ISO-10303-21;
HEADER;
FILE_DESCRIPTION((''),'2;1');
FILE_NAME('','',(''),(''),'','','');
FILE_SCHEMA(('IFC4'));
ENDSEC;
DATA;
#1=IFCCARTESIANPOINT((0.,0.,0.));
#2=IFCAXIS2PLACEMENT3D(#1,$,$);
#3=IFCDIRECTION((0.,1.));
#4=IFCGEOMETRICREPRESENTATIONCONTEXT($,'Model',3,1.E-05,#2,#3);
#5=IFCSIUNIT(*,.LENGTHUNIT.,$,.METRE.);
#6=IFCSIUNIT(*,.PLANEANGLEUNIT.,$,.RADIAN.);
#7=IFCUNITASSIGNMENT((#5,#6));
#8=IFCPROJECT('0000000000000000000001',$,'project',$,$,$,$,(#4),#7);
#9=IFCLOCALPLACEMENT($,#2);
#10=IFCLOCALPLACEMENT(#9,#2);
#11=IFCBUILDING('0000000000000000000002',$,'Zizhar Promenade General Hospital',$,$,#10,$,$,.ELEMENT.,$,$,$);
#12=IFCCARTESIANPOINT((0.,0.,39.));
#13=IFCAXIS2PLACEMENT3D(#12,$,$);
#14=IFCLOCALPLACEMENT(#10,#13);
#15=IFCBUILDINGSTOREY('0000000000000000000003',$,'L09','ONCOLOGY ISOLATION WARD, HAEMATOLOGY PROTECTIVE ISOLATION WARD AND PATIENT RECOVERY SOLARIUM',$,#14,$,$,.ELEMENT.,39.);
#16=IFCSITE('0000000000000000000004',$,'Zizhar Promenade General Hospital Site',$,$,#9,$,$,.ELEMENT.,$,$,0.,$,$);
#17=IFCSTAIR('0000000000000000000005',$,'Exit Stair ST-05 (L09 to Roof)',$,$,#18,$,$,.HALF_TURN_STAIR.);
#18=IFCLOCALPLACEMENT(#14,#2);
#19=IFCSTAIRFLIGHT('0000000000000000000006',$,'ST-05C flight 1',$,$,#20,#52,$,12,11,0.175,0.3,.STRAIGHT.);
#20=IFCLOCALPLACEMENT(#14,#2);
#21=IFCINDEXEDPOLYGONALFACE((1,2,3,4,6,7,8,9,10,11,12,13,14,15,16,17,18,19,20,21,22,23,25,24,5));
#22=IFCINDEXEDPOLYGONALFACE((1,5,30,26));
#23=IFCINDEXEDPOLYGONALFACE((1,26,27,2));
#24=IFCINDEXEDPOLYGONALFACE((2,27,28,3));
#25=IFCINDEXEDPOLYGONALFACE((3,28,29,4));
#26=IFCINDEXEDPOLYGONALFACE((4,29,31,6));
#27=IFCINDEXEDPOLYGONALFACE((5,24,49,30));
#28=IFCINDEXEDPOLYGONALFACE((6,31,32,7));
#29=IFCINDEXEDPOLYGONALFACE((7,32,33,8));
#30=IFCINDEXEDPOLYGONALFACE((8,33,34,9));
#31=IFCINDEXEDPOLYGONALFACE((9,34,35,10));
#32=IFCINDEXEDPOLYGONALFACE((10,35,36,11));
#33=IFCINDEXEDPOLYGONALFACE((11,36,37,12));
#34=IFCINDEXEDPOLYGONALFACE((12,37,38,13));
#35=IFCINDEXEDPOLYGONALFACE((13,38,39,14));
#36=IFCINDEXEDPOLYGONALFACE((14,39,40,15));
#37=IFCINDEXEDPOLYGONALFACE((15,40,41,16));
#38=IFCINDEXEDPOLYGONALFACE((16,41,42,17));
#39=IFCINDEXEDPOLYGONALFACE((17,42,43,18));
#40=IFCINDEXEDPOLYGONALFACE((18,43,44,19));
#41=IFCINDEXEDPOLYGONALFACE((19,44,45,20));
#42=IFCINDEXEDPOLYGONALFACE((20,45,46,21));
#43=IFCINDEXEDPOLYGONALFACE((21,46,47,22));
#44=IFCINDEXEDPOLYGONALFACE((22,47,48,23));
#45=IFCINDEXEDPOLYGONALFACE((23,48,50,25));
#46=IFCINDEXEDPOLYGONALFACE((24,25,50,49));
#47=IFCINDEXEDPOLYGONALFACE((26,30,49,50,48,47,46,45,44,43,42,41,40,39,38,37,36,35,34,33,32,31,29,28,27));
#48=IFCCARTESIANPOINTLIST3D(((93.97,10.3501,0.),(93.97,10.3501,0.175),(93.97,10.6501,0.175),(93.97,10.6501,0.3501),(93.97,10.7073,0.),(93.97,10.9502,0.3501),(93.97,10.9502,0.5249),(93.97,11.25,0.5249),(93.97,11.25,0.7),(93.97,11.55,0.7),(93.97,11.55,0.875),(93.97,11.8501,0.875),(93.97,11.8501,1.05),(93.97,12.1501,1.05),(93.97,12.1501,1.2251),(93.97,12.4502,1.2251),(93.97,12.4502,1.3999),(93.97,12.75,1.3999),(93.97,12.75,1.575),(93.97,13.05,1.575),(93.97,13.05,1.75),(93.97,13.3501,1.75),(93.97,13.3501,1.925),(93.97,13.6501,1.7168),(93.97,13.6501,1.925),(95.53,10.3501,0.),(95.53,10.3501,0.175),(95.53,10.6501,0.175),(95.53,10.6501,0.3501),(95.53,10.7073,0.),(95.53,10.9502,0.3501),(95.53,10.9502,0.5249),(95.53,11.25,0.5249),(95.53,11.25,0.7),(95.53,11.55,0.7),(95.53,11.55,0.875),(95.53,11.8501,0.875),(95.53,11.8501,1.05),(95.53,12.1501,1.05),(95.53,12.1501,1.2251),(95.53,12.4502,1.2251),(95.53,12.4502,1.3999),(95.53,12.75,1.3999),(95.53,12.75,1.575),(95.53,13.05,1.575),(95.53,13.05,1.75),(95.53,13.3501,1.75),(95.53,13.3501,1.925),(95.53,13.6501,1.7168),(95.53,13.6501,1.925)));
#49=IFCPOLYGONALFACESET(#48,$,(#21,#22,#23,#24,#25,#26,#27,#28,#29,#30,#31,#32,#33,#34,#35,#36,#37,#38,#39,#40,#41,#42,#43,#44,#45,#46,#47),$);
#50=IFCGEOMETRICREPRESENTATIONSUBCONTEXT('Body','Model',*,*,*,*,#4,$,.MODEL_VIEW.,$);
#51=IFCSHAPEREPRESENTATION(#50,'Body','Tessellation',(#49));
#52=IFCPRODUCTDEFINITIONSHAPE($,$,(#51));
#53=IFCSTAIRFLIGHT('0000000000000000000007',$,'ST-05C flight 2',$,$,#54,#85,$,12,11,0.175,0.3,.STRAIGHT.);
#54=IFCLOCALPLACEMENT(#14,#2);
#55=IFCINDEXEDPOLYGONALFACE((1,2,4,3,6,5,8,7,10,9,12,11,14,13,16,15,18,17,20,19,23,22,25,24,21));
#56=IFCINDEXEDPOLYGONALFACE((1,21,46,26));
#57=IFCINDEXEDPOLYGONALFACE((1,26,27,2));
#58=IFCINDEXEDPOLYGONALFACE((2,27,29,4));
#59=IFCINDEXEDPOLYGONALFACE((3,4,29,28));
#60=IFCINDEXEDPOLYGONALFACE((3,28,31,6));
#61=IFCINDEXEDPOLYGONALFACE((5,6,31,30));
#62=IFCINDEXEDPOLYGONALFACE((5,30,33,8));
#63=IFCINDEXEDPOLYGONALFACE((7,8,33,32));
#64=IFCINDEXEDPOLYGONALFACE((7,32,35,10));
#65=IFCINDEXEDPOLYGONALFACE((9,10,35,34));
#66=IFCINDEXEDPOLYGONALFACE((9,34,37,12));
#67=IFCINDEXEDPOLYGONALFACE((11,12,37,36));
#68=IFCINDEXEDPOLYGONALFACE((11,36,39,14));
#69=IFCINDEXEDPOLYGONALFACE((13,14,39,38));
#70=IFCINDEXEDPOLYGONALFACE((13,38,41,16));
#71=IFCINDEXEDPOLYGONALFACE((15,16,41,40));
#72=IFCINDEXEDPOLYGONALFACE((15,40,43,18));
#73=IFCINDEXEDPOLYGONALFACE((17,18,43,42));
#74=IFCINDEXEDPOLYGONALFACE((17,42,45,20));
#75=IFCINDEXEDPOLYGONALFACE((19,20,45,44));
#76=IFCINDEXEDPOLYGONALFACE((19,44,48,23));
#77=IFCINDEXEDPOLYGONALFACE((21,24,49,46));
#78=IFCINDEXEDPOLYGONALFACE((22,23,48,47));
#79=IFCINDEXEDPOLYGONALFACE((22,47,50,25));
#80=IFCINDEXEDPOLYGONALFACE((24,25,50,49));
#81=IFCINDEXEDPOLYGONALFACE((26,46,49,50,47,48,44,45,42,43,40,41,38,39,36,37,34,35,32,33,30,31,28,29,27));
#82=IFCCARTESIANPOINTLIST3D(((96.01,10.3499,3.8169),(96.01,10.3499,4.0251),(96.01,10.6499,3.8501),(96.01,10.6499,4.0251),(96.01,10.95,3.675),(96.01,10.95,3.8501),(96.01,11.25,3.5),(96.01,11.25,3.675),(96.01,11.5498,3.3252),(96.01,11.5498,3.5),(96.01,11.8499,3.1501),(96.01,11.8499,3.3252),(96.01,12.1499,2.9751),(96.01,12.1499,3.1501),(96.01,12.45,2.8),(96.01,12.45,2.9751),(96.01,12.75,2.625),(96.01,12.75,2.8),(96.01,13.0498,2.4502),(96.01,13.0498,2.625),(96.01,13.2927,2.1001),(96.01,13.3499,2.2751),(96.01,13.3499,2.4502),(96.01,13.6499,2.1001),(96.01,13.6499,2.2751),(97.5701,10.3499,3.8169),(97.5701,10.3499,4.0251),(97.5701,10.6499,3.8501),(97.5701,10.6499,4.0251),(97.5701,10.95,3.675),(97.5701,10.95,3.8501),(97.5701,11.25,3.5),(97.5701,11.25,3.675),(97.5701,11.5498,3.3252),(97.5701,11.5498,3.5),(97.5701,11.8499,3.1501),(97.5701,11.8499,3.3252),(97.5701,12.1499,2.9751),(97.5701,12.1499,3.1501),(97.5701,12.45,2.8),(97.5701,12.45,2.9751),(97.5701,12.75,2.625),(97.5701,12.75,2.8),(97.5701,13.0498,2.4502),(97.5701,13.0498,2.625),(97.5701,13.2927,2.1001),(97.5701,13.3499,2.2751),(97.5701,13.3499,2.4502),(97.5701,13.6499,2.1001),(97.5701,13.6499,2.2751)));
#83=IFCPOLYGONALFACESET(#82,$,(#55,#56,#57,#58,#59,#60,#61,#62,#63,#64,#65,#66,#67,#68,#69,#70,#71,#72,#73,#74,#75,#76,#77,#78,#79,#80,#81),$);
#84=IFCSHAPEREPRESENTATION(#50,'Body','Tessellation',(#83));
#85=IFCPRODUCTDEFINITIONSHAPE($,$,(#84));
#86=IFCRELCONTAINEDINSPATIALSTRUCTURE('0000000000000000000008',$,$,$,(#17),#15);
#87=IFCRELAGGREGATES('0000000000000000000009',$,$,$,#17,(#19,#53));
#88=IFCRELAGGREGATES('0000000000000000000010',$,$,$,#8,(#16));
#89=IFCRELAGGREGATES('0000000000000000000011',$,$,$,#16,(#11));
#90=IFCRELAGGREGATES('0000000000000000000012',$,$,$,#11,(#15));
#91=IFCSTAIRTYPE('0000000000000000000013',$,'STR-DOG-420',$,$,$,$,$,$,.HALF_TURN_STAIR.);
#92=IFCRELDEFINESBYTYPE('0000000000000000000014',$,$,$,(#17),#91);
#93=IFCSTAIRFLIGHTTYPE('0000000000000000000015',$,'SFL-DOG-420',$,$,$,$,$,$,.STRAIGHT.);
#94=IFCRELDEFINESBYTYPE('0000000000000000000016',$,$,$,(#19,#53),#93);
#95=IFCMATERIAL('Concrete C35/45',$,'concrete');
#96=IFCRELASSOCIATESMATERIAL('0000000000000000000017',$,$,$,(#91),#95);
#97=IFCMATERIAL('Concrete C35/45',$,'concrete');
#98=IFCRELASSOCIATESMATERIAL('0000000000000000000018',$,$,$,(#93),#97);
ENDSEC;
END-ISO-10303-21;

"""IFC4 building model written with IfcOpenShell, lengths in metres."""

from ifc_helpers import new_model, si_unit, direction, frame, origin, place, context, subcontext, project, spatial, polyline, outline, extrude, material, type_object, element, aggregate, save


model = new_model("IFC4")

# Units and contexts
model_context = context("Model", 3, precision=1e-05, world=origin(), true_north=direction((0.0, 1.0)))
body_context = subcontext(model_context, "Body", "Model", "MODEL_VIEW")
ifc_project = project(units=[si_unit("LENGTHUNIT", "METRE"), si_unit("PLANEANGLEUNIT", "RADIAN")], contexts=[model_context])

# Site, building, storey
site_placement = place(None, origin())
site = spatial("IfcSite", under=ifc_project, at=site_placement, Name="Zizhar Promenade General Hospital Site", CompositionType="ELEMENT", RefElevation=0.0)
building_placement = place(site_placement, origin())
building = spatial("IfcBuilding", under=site, at=building_placement, Name="Zizhar Promenade General Hospital", CompositionType="ELEMENT")
storey_placement = place(building_placement, frame((0.0, 0.0, 39.0)))
storey = spatial("IfcBuildingStorey", under=building, at=storey_placement, Name="L09", Description="ONCOLOGY ISOLATION WARD, HAEMATOLOGY PROTECTIVE ISOLATION WARD AND PATIENT RECOVERY SOLARIUM", CompositionType="ELEMENT", Elevation=39.0)

# Stair, stair flights
ifc_material_1 = material(Name="Concrete C35/45", Category="concrete")
stair_type = type_object("IfcStairType", Name="STR-DOG-420", PredefinedType="HALF_TURN_STAIR", material=ifc_material_1)
stair_placement = place(storey_placement, origin())
stair = element("IfcStair", 1, at=stair_placement, inside=storey, type_object=stair_type, Name="Exit Stair ST-05 (L09 to Roof)", PredefinedType="HALF_TURN_STAIR")
ifc_material_2 = material(Name="Concrete C35/45", Category="concrete")
stair_flight_type = type_object("IfcStairFlightType", Name="SFL-DOG-420", PredefinedType="STRAIGHT", material=ifc_material_2)
stair_flight_1_placement = place(storey_placement, frame((94.75, 10.3501, 0.0), z_axis=(0.0, 0.0, 1.0), x_axis=(0.0, 1.0, 0.0)))
stair_flight_1 = element("IfcStairFlight", 2, at=stair_flight_1_placement, type_object=stair_flight_type, Name="ST-05C flight 1", NumberOfRisers=12, NumberOfTreads=11, PredefinedType="STRAIGHT", RiserHeight=0.175, TreadLength=0.3, context=body_context, shape_type="SweptSolid", body=[
    extrude(outline(polyline([(0.0, 0.0), (0.0, 0.175), (0.3, 0.175), (0.3, 0.3501), (0.6001, 0.3501), (0.6001, 0.5249), (0.8999, 0.5249), (0.8999, 0.7), (1.2, 0.7), (1.2, 0.875), (1.5, 0.875), (1.5, 1.05), (1.8, 1.05), (1.8, 1.2251), (2.1001, 1.2251), (2.1001, 1.3999), (2.3999, 1.3999), (2.3999, 1.575), (2.7, 1.575), (2.7, 1.75), (3.0, 1.75), (3.0, 1.925), (3.3, 1.925), (3.3, 2.1001), (3.3, 1.7168), (0.3572, 0.0), (0.0, 0.0)])), frame((0.0, 0.78, 0.0), z_axis=(0.0, -1.0, 0.0), x_axis=(1.0, 0.0, 0.0)), (0.0, 0.0, 1.0), 1.5601),
])
stair_flight_2_placement = place(storey_placement, frame((96.79, 13.6499, 2.1001), z_axis=(0.0, 0.0, 1.0), x_axis=(0.0, -1.0, 0.0)))
stair_flight_2 = element("IfcStairFlight", 3, at=stair_flight_2_placement, type_object=stair_flight_type, Name="ST-05C flight 2", NumberOfRisers=12, NumberOfTreads=11, PredefinedType="STRAIGHT", RiserHeight=0.175, TreadLength=0.3, context=body_context, shape_type="SweptSolid", body=[
    extrude(outline(polyline([(0.0, 0.0), (0.0, 0.175), (0.3, 0.175), (0.3, 0.3501), (0.6001, 0.3501), (0.6001, 0.5249), (0.8999, 0.5249), (0.8999, 0.7), (1.2, 0.7), (1.2, 0.875), (1.5, 0.875), (1.5, 1.05), (1.8, 1.05), (1.8, 1.2251), (2.1001, 1.2251), (2.1001, 1.3999), (2.3999, 1.3999), (2.3999, 1.575), (2.7, 1.575), (2.7, 1.75), (3.0, 1.75), (3.0, 1.925), (3.3, 1.925), (3.3, 2.1001), (3.3, 1.7168), (0.3572, 0.0), (0.0, 0.0)])), frame((0.0, 0.78, 0.0), z_axis=(0.0, -1.0, 0.0), x_axis=(1.0, 0.0, 0.0)), (0.0, 0.0, 1.0), 1.5601),
])
aggregate(stair, [stair_flight_1, stair_flight_2])

save(model, "model.ifc")
